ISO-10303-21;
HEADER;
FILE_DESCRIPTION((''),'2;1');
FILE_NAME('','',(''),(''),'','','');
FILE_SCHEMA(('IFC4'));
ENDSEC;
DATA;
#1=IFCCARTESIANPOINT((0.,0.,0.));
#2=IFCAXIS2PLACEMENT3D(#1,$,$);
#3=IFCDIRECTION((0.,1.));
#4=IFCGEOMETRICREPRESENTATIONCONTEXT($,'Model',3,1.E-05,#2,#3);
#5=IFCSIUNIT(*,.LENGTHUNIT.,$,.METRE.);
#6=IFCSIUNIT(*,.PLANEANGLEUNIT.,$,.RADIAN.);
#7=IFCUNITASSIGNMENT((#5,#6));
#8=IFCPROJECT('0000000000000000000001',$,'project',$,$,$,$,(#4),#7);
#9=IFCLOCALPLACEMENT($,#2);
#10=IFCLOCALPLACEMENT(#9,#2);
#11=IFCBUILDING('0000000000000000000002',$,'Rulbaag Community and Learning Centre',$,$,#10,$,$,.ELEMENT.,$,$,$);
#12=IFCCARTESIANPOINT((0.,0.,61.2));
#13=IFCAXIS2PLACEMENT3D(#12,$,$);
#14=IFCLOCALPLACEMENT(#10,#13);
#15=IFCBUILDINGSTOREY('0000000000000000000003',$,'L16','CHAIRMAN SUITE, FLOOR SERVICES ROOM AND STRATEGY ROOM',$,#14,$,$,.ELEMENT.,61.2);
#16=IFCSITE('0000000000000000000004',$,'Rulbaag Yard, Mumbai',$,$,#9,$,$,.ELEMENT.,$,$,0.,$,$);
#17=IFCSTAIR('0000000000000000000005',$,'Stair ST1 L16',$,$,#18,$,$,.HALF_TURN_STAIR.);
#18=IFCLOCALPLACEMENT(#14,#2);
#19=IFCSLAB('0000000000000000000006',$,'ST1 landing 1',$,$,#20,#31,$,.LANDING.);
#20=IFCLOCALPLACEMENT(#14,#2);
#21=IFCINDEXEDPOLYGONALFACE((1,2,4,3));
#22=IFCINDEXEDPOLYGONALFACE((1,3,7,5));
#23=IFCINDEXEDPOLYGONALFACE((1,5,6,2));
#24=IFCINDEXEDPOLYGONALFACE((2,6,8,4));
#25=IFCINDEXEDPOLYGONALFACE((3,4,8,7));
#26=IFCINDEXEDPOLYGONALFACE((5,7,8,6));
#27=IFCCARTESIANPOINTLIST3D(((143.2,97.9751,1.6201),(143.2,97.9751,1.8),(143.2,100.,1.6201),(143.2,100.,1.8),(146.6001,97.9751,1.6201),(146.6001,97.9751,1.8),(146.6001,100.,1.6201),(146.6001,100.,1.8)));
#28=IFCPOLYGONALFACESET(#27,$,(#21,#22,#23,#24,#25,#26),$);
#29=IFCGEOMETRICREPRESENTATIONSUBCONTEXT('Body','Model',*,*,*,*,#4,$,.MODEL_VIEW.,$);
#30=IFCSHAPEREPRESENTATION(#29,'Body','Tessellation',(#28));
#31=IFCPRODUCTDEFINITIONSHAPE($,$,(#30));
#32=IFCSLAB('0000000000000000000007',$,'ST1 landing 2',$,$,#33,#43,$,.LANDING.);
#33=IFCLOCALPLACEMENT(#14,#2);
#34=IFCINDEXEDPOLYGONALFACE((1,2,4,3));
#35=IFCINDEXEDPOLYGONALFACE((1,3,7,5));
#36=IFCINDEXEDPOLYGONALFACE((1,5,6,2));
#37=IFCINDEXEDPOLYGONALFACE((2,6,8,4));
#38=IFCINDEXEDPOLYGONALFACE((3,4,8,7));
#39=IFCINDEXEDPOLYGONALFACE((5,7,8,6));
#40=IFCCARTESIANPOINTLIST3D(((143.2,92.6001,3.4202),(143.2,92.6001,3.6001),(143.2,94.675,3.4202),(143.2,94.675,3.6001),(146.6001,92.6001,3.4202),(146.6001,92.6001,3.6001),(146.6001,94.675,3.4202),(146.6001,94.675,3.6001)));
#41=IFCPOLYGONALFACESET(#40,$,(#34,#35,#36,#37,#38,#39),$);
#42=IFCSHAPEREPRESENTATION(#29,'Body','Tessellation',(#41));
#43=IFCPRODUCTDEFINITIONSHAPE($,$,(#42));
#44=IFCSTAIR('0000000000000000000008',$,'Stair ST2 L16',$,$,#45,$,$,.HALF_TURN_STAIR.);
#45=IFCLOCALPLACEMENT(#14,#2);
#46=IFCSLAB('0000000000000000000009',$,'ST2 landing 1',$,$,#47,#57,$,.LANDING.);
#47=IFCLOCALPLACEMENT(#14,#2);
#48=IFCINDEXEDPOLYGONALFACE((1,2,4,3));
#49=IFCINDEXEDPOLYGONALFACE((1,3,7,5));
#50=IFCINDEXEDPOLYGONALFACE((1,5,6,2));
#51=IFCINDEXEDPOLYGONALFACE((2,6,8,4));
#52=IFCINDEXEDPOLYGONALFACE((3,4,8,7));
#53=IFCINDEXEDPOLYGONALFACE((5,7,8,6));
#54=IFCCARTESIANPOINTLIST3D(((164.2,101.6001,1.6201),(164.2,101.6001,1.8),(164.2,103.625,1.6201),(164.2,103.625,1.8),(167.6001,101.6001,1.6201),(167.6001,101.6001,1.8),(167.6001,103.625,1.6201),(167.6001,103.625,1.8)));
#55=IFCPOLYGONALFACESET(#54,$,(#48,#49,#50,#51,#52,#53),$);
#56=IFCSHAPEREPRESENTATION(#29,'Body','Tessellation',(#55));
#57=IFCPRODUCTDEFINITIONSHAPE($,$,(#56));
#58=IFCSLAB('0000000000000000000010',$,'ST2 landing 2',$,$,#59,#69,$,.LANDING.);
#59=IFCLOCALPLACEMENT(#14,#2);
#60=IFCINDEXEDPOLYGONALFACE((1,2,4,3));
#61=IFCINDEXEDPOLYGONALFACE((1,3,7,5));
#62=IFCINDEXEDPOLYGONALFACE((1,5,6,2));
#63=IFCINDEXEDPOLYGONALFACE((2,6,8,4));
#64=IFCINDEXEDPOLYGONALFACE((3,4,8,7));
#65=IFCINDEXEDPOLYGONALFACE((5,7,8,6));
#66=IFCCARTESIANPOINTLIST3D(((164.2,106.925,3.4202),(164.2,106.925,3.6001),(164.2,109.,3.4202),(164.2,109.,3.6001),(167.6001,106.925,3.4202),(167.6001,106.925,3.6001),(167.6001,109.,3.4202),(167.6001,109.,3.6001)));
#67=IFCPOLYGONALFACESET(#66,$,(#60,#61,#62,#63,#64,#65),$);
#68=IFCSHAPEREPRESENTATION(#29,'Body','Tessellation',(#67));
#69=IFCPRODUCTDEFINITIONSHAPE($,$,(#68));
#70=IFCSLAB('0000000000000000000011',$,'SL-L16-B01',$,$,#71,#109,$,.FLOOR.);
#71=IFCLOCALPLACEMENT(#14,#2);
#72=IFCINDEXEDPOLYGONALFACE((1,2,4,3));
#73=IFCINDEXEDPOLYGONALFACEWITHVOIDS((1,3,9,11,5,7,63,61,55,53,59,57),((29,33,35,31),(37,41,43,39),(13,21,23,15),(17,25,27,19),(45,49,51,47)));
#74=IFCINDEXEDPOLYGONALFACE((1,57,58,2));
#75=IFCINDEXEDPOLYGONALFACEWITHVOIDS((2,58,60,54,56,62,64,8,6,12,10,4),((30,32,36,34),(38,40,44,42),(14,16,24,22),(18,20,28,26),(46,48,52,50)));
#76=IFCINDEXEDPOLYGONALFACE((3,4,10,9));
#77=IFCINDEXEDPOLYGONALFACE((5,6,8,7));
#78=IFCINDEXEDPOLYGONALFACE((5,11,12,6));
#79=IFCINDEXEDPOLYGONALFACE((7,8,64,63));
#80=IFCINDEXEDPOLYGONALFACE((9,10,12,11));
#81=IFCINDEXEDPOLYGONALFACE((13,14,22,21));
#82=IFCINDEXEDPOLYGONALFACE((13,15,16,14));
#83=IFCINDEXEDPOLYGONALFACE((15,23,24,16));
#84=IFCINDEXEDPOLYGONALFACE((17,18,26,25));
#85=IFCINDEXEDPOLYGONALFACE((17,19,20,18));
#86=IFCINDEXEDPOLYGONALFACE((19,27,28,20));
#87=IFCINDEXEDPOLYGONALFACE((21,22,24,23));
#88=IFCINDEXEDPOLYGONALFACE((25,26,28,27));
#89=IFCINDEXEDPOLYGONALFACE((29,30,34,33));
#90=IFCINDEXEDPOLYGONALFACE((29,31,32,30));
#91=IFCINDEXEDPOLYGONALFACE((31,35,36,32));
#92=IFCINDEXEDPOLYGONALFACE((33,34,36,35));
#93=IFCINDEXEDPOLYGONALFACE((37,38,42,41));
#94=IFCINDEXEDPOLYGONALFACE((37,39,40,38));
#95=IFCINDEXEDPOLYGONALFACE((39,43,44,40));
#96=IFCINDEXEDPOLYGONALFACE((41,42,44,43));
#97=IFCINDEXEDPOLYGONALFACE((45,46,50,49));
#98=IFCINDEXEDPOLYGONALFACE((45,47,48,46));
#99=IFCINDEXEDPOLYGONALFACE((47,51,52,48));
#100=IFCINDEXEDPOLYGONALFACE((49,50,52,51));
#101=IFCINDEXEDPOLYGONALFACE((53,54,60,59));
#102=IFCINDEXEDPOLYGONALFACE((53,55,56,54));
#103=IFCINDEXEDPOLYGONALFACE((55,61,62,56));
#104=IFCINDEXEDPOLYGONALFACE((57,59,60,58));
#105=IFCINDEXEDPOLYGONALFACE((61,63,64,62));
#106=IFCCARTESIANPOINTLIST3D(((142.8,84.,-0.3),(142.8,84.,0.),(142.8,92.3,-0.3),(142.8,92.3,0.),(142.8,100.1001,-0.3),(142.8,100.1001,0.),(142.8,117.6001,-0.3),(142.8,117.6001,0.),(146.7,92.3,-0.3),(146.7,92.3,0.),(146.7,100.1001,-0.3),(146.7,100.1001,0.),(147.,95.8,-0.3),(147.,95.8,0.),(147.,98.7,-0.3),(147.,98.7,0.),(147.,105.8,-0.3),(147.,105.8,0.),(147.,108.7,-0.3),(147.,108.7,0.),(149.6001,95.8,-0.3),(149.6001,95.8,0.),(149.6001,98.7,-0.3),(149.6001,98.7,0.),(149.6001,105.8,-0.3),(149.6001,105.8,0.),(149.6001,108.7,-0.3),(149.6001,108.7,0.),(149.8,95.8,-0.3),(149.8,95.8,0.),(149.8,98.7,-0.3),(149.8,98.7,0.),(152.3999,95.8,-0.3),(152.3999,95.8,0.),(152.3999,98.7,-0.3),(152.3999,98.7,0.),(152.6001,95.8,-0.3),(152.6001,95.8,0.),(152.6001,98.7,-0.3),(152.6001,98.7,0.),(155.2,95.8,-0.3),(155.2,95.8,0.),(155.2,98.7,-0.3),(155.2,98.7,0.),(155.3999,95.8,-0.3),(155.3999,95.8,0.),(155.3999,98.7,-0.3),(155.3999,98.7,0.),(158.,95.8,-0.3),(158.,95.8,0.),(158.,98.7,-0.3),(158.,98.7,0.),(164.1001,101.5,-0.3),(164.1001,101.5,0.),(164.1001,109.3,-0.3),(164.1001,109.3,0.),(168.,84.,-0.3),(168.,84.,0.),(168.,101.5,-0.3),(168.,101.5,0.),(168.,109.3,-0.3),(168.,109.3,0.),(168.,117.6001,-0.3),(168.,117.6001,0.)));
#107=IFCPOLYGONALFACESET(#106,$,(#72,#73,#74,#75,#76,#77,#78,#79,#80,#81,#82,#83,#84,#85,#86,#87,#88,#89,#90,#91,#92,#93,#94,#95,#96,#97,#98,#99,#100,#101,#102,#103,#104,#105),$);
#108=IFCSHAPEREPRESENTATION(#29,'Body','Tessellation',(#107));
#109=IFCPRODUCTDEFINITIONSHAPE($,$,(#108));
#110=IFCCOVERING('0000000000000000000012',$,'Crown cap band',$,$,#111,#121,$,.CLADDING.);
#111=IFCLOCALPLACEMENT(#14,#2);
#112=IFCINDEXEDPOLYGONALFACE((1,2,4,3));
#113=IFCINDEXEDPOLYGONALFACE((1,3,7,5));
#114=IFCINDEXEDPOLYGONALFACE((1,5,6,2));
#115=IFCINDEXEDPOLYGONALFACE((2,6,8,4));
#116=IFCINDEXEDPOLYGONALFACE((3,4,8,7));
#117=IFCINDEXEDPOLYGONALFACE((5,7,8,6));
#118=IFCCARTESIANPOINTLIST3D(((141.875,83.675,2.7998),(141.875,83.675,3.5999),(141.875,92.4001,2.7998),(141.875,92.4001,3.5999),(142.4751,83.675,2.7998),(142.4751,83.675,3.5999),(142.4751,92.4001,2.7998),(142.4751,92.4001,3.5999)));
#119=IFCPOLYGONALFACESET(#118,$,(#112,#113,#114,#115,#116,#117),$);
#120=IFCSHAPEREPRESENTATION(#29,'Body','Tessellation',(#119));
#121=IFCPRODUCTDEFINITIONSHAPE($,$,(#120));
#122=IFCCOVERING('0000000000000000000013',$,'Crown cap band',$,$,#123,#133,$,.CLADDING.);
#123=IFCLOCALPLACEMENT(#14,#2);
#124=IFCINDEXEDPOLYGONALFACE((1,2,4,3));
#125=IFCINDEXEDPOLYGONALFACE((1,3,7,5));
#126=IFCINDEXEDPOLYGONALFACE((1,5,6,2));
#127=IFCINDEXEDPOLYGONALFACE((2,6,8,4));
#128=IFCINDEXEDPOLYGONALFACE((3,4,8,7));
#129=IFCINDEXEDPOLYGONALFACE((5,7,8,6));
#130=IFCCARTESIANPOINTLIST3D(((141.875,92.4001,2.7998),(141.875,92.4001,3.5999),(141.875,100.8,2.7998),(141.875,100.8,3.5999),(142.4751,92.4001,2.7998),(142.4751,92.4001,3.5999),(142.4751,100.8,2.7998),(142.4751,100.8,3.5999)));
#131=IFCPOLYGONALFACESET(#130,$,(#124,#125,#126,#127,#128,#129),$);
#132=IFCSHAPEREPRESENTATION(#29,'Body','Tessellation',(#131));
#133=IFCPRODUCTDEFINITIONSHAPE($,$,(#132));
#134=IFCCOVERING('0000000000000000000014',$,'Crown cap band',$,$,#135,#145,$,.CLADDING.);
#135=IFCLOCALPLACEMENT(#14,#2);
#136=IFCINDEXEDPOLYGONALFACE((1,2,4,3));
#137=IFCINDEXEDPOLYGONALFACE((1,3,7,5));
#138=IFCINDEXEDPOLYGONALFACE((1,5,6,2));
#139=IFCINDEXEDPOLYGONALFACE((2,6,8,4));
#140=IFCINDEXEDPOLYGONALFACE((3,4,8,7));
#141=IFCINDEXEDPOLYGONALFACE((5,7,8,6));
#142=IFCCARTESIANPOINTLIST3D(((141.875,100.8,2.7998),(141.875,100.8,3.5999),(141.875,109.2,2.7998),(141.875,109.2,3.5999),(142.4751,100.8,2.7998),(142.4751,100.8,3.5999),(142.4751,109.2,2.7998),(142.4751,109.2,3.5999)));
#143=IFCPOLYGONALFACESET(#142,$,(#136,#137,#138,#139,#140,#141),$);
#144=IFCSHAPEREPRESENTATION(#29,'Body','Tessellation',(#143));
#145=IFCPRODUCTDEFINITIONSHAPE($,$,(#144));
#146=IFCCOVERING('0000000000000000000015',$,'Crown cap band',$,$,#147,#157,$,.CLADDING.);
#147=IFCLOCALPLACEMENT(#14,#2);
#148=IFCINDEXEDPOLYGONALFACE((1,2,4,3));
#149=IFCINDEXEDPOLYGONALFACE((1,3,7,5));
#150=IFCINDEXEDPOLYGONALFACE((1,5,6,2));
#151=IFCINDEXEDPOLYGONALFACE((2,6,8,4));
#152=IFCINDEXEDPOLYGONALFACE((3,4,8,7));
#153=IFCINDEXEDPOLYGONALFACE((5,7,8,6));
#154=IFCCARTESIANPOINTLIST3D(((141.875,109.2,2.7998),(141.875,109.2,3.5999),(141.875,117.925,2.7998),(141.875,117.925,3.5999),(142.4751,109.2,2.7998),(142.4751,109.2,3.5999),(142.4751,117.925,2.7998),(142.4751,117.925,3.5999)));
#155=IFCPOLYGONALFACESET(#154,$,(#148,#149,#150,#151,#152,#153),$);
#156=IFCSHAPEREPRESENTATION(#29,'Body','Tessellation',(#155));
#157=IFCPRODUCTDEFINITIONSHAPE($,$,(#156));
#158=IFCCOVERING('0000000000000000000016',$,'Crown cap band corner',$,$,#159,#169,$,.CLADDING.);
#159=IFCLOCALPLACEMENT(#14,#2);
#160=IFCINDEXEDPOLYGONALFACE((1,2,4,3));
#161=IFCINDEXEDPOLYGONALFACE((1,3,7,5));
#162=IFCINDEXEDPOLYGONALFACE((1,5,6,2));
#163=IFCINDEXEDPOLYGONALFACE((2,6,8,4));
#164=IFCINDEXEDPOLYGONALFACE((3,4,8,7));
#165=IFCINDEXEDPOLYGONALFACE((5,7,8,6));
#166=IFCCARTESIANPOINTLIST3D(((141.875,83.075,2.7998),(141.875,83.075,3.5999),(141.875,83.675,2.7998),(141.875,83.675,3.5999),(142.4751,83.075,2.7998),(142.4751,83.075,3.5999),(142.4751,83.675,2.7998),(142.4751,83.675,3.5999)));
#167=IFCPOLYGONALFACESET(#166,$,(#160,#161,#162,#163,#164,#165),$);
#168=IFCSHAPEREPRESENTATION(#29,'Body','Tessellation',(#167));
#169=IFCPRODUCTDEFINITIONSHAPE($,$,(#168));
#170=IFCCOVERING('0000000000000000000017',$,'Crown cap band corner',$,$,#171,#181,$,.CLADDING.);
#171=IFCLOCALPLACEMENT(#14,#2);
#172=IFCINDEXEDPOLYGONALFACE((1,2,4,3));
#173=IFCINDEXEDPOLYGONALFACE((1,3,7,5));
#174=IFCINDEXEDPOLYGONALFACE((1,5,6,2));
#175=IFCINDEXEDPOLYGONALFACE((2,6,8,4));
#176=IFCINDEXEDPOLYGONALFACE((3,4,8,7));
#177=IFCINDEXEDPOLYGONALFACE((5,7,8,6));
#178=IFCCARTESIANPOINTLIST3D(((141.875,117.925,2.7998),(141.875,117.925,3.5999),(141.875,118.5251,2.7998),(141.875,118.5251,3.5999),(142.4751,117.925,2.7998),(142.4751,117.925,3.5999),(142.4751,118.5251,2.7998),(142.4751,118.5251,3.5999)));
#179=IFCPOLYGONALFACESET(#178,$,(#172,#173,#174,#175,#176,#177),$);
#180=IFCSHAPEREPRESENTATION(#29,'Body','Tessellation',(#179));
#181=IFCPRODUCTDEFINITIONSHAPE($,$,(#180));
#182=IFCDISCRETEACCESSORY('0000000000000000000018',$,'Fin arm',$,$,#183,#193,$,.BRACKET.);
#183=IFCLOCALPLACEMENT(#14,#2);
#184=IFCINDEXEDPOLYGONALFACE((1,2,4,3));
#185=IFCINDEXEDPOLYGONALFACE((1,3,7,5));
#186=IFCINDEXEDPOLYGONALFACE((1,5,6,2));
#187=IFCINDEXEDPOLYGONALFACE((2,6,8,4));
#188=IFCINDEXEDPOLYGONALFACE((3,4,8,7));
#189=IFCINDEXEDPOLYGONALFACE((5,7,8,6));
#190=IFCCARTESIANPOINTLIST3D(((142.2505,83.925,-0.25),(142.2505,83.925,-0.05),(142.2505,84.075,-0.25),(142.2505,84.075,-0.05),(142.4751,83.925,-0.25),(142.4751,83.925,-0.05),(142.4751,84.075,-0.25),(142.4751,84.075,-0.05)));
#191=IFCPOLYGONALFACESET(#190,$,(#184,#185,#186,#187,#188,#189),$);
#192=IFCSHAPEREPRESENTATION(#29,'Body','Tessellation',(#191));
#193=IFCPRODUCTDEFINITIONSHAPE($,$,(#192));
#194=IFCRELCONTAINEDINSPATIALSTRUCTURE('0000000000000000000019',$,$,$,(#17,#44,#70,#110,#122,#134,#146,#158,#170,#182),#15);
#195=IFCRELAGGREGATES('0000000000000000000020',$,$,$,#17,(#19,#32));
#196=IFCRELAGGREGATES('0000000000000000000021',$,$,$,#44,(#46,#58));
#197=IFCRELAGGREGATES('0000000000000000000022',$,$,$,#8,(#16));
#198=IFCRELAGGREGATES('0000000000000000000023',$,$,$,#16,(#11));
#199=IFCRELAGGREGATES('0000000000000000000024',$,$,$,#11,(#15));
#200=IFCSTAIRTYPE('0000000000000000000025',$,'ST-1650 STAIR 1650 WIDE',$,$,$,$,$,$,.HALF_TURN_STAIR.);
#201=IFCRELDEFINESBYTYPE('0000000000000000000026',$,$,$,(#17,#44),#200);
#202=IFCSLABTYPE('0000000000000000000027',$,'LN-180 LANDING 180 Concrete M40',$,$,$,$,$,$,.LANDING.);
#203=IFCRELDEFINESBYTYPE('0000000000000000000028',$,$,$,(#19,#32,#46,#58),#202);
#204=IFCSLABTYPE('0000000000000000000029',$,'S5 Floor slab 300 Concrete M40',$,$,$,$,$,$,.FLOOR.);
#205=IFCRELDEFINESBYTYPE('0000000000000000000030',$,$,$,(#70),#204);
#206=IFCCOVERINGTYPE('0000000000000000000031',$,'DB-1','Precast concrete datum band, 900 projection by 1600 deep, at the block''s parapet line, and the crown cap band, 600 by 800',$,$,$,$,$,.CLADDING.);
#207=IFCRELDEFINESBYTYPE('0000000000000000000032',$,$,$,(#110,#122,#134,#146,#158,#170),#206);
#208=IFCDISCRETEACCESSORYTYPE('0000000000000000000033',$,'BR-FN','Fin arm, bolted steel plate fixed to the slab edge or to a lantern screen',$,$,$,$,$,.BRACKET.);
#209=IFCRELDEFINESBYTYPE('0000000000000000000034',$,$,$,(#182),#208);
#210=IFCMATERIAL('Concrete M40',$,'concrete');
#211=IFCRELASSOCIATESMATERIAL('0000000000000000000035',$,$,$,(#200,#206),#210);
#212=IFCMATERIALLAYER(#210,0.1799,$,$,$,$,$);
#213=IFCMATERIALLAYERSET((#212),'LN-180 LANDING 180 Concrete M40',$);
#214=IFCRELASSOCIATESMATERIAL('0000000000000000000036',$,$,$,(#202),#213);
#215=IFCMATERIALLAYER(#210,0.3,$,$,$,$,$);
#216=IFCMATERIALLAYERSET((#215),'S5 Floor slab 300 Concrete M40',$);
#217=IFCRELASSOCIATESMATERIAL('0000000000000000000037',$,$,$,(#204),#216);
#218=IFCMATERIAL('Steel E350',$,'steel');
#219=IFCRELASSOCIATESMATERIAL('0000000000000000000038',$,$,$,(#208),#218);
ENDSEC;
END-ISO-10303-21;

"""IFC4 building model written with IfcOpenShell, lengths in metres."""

from ifc_helpers import new_model, si_unit, direction, frame, origin, origin_2d, place, context, subcontext, project, spatial, polyline, rectangle, outline, extrude, material, layer, layer_set, type_object, element, aggregate, save


model = new_model("IFC4")

# Units and contexts
model_context = context("Model", 3, precision=1e-05, world=origin(), true_north=direction((0.0, 1.0)))
body_context = subcontext(model_context, "Body", "Model", "MODEL_VIEW")
ifc_project = project(units=[si_unit("LENGTHUNIT", "METRE"), si_unit("PLANEANGLEUNIT", "RADIAN")], contexts=[model_context])

# Site, building, storey
site_placement = place(None, origin())
site = spatial("IfcSite", under=ifc_project, at=site_placement, Name="Rulbaag Yard, Mumbai", CompositionType="ELEMENT", RefElevation=0.0)
building_placement = place(site_placement, origin())
building = spatial("IfcBuilding", under=site, at=building_placement, Name="Rulbaag Community and Learning Centre", CompositionType="ELEMENT")
storey_placement = place(building_placement, frame((0.0, 0.0, 61.2)))
storey = spatial("IfcBuildingStorey", under=building, at=storey_placement, Name="L16", Description="CHAIRMAN SUITE, FLOOR SERVICES ROOM AND STRATEGY ROOM", CompositionType="ELEMENT", Elevation=61.2)

# Stairs, slabs
ifc_material_1 = material(Name="Concrete M40", Category="concrete")
stair_type = type_object("IfcStairType", Name="ST-1650 STAIR 1650 WIDE", PredefinedType="HALF_TURN_STAIR", material=ifc_material_1)
stair_1_placement = place(storey_placement, origin())
stair_1 = element("IfcStair", 1, at=stair_1_placement, inside=storey, type_object=stair_type, Name="Stair ST1 L16", PredefinedType="HALF_TURN_STAIR")
ifc_layer_1 = layer(ifc_material_1, 0.1799)
ifc_layer_set_1 = layer_set([ifc_layer_1], Name="LN-180 LANDING 180 Concrete M40")
slab_type_1 = type_object("IfcSlabType", Name="LN-180 LANDING 180 Concrete M40", PredefinedType="LANDING", material=ifc_layer_set_1)
slab_1_placement = place(storey_placement, frame((0.0, 0.0, 1.6201)))
slab_1 = element("IfcSlab", 2, at=slab_1_placement, type_object=slab_type_1, Name="ST1 landing 1", PredefinedType="LANDING", context=body_context, shape_type="SweptSolid", body=[
    extrude(outline(polyline([(143.2, 97.9751), (143.2, 100.0), (146.6001, 100.0), (146.6001, 97.9751), (143.2, 97.9751)])), origin(), (0.0, 0.0, 1.0), 0.1799),
])
slab_2_placement = place(storey_placement, frame((0.0, 0.0, 3.4202)))
slab_2 = element("IfcSlab", 3, at=slab_2_placement, type_object=slab_type_1, Name="ST1 landing 2", PredefinedType="LANDING", context=body_context, shape_type="SweptSolid", body=[
    extrude(outline(polyline([(143.2, 92.6001), (143.2, 94.675), (146.6001, 94.675), (146.6001, 92.6001), (143.2, 92.6001)])), origin(), (0.0, 0.0, 1.0), 0.1799),
])
aggregate(stair_1, [slab_1, slab_2])
stair_2_placement = place(storey_placement, origin())
stair_2 = element("IfcStair", 4, at=stair_2_placement, inside=storey, type_object=stair_type, Name="Stair ST2 L16", PredefinedType="HALF_TURN_STAIR")
slab_3_placement = place(storey_placement, frame((0.0, 0.0, 1.6201)))
slab_3 = element("IfcSlab", 5, at=slab_3_placement, type_object=slab_type_1, Name="ST2 landing 1", PredefinedType="LANDING", context=body_context, shape_type="SweptSolid", body=[
    extrude(outline(polyline([(164.2, 101.6001), (164.2, 103.625), (167.6001, 103.625), (167.6001, 101.6001), (164.2, 101.6001)])), origin(), (0.0, 0.0, 1.0), 0.1799),
])
slab_4_placement = place(storey_placement, frame((0.0, 0.0, 3.4202)))
slab_4 = element("IfcSlab", 6, at=slab_4_placement, type_object=slab_type_1, Name="ST2 landing 2", PredefinedType="LANDING", context=body_context, shape_type="SweptSolid", body=[
    extrude(outline(polyline([(164.2, 106.925), (164.2, 109.0), (167.6001, 109.0), (167.6001, 106.925), (164.2, 106.925)])), origin(), (0.0, 0.0, 1.0), 0.1799),
])
aggregate(stair_2, [slab_3, slab_4])

# Slab
ifc_layer_2 = layer(ifc_material_1, 0.3)
ifc_layer_set_2 = layer_set([ifc_layer_2], Name="S5 Floor slab 300 Concrete M40")
slab_type_2 = type_object("IfcSlabType", Name="S5 Floor slab 300 Concrete M40", PredefinedType="FLOOR", material=ifc_layer_set_2)
slab_5_placement = place(storey_placement, frame((0.0, 0.0, -0.3)))
element("IfcSlab", 7, at=slab_5_placement, inside=storey, type_object=slab_type_2, Name="SL-L16-B01", PredefinedType="FLOOR", context=body_context, shape_type="SweptSolid", body=[
    extrude(outline(polyline([(168.0, 84.0), (142.8, 84.0), (142.8, 92.3), (146.7, 92.3), (146.7, 100.1001), (142.8, 100.1001), (142.8, 117.6001), (168.0, 117.6001), (168.0, 109.3), (164.1001, 109.3), (164.1001, 101.5), (168.0, 101.5), (168.0, 84.0)]), holes=[polyline([(147.0, 98.7), (147.0, 95.8), (149.6001, 95.8), (149.6001, 98.7), (147.0, 98.7)]), polyline([(149.8, 98.7), (149.8, 95.8), (152.3999, 95.8), (152.3999, 98.7), (149.8, 98.7)]), polyline([(152.6001, 98.7), (152.6001, 95.8), (155.2, 95.8), (155.2, 98.7), (152.6001, 98.7)]), polyline([(155.3999, 98.7), (155.3999, 95.8), (158.0, 95.8), (158.0, 98.7), (155.3999, 98.7)]), polyline([(147.0, 108.7), (147.0, 105.8), (149.6001, 105.8), (149.6001, 108.7), (147.0, 108.7)])]), origin(), (0.0, 0.0, 1.0), 0.3),
])

# Coverings
covering_type = type_object("IfcCoveringType", Name="DB-1", Description="Precast concrete datum band, 900 projection by 1600 deep, at the block's parapet line, and the crown cap band, 600 by 800", PredefinedType="CLADDING", material=ifc_material_1)
covering_1_placement = place(storey_placement, frame((142.175, 88.0376, 2.7998), z_axis=(0.0, 0.0, 1.0), x_axis=(1.0, 0.0, 0.0)))
element("IfcCovering", 8, at=covering_1_placement, inside=storey, type_object=covering_type, Name="Crown cap band", PredefinedType="CLADDING", context=body_context, shape_type="SweptSolid", body=[
    extrude(rectangle(XDim=0.6001, YDim=8.7251, at=origin_2d()), origin(), (0.0, 0.0, 1.0), 0.8),
])
for number, where, z_axis, x_axis, name in (
    (9, (142.175, 96.6001, 2.7998), (0.0, 0.0, 1.0), (1.0, 0.0, 0.0), "Crown cap band"),
    (10, (142.175, 105.0, 2.7998), (0.0, 0.0, 1.0), (1.0, 0.0, 0.0), "Crown cap band"),
):
    element("IfcCovering", number, at=place(storey_placement, frame(where, z_axis=z_axis, x_axis=x_axis)), inside=storey, type_object=covering_type, Name=name, PredefinedType="CLADDING", context=body_context, shape_type="SweptSolid", body=[
        extrude(rectangle(XDim=0.6001, YDim=8.3999, at=origin_2d()), origin(), (0.0, 0.0, 1.0), 0.8),
    ])
covering_2_placement = place(storey_placement, frame((142.175, 113.5625, 2.7998), z_axis=(0.0, 0.0, 1.0), x_axis=(1.0, 0.0, 0.0)))
element("IfcCovering", 11, at=covering_2_placement, inside=storey, type_object=covering_type, Name="Crown cap band", PredefinedType="CLADDING", context=body_context, shape_type="SweptSolid", body=[
    extrude(rectangle(XDim=0.6001, YDim=8.7251, at=origin_2d()), origin(), (0.0, 0.0, 1.0), 0.8),
])
for number, where, z_axis, x_axis, name in (
    (12, (142.175, 83.375, 2.7998), (0.0, 0.0, 1.0), (1.0, 0.0, 0.0), "Crown cap band corner"),
    (13, (142.175, 118.2251, 2.7998), (0.0, 0.0, 1.0), (1.0, 0.0, 0.0), "Crown cap band corner"),
):
    element("IfcCovering", number, at=place(storey_placement, frame(where, z_axis=z_axis, x_axis=x_axis)), inside=storey, type_object=covering_type, Name=name, PredefinedType="CLADDING", context=body_context, shape_type="SweptSolid", body=[
        extrude(rectangle(XDim=0.6001, YDim=0.6001, at=origin_2d()), origin(), (0.0, 0.0, 1.0), 0.8),
    ])

# Discrete accessory
ifc_material_2 = material(Name="Steel E350", Category="steel")
discrete_accessory_type = type_object("IfcDiscreteAccessoryType", Name="BR-FN", Description="Fin arm, bolted steel plate fixed to the slab edge or to a lantern screen", PredefinedType="BRACKET", material=ifc_material_2)
discrete_accessory_1_placement = place(storey_placement, frame((142.3628, 84.0, -0.25), z_axis=(0.0, 0.0, 1.0), x_axis=(1.0, 0.0, 0.0)))
element("IfcDiscreteAccessory", 14, at=discrete_accessory_1_placement, inside=storey, type_object=discrete_accessory_type, Name="Fin arm", PredefinedType="BRACKET", context=body_context, shape_type="SweptSolid", body=[
    extrude(rectangle(XDim=0.2246, YDim=0.1499, at=origin_2d()), origin(), (0.0, 0.0, 1.0), 0.2),
])

save(model, "model.ifc")
